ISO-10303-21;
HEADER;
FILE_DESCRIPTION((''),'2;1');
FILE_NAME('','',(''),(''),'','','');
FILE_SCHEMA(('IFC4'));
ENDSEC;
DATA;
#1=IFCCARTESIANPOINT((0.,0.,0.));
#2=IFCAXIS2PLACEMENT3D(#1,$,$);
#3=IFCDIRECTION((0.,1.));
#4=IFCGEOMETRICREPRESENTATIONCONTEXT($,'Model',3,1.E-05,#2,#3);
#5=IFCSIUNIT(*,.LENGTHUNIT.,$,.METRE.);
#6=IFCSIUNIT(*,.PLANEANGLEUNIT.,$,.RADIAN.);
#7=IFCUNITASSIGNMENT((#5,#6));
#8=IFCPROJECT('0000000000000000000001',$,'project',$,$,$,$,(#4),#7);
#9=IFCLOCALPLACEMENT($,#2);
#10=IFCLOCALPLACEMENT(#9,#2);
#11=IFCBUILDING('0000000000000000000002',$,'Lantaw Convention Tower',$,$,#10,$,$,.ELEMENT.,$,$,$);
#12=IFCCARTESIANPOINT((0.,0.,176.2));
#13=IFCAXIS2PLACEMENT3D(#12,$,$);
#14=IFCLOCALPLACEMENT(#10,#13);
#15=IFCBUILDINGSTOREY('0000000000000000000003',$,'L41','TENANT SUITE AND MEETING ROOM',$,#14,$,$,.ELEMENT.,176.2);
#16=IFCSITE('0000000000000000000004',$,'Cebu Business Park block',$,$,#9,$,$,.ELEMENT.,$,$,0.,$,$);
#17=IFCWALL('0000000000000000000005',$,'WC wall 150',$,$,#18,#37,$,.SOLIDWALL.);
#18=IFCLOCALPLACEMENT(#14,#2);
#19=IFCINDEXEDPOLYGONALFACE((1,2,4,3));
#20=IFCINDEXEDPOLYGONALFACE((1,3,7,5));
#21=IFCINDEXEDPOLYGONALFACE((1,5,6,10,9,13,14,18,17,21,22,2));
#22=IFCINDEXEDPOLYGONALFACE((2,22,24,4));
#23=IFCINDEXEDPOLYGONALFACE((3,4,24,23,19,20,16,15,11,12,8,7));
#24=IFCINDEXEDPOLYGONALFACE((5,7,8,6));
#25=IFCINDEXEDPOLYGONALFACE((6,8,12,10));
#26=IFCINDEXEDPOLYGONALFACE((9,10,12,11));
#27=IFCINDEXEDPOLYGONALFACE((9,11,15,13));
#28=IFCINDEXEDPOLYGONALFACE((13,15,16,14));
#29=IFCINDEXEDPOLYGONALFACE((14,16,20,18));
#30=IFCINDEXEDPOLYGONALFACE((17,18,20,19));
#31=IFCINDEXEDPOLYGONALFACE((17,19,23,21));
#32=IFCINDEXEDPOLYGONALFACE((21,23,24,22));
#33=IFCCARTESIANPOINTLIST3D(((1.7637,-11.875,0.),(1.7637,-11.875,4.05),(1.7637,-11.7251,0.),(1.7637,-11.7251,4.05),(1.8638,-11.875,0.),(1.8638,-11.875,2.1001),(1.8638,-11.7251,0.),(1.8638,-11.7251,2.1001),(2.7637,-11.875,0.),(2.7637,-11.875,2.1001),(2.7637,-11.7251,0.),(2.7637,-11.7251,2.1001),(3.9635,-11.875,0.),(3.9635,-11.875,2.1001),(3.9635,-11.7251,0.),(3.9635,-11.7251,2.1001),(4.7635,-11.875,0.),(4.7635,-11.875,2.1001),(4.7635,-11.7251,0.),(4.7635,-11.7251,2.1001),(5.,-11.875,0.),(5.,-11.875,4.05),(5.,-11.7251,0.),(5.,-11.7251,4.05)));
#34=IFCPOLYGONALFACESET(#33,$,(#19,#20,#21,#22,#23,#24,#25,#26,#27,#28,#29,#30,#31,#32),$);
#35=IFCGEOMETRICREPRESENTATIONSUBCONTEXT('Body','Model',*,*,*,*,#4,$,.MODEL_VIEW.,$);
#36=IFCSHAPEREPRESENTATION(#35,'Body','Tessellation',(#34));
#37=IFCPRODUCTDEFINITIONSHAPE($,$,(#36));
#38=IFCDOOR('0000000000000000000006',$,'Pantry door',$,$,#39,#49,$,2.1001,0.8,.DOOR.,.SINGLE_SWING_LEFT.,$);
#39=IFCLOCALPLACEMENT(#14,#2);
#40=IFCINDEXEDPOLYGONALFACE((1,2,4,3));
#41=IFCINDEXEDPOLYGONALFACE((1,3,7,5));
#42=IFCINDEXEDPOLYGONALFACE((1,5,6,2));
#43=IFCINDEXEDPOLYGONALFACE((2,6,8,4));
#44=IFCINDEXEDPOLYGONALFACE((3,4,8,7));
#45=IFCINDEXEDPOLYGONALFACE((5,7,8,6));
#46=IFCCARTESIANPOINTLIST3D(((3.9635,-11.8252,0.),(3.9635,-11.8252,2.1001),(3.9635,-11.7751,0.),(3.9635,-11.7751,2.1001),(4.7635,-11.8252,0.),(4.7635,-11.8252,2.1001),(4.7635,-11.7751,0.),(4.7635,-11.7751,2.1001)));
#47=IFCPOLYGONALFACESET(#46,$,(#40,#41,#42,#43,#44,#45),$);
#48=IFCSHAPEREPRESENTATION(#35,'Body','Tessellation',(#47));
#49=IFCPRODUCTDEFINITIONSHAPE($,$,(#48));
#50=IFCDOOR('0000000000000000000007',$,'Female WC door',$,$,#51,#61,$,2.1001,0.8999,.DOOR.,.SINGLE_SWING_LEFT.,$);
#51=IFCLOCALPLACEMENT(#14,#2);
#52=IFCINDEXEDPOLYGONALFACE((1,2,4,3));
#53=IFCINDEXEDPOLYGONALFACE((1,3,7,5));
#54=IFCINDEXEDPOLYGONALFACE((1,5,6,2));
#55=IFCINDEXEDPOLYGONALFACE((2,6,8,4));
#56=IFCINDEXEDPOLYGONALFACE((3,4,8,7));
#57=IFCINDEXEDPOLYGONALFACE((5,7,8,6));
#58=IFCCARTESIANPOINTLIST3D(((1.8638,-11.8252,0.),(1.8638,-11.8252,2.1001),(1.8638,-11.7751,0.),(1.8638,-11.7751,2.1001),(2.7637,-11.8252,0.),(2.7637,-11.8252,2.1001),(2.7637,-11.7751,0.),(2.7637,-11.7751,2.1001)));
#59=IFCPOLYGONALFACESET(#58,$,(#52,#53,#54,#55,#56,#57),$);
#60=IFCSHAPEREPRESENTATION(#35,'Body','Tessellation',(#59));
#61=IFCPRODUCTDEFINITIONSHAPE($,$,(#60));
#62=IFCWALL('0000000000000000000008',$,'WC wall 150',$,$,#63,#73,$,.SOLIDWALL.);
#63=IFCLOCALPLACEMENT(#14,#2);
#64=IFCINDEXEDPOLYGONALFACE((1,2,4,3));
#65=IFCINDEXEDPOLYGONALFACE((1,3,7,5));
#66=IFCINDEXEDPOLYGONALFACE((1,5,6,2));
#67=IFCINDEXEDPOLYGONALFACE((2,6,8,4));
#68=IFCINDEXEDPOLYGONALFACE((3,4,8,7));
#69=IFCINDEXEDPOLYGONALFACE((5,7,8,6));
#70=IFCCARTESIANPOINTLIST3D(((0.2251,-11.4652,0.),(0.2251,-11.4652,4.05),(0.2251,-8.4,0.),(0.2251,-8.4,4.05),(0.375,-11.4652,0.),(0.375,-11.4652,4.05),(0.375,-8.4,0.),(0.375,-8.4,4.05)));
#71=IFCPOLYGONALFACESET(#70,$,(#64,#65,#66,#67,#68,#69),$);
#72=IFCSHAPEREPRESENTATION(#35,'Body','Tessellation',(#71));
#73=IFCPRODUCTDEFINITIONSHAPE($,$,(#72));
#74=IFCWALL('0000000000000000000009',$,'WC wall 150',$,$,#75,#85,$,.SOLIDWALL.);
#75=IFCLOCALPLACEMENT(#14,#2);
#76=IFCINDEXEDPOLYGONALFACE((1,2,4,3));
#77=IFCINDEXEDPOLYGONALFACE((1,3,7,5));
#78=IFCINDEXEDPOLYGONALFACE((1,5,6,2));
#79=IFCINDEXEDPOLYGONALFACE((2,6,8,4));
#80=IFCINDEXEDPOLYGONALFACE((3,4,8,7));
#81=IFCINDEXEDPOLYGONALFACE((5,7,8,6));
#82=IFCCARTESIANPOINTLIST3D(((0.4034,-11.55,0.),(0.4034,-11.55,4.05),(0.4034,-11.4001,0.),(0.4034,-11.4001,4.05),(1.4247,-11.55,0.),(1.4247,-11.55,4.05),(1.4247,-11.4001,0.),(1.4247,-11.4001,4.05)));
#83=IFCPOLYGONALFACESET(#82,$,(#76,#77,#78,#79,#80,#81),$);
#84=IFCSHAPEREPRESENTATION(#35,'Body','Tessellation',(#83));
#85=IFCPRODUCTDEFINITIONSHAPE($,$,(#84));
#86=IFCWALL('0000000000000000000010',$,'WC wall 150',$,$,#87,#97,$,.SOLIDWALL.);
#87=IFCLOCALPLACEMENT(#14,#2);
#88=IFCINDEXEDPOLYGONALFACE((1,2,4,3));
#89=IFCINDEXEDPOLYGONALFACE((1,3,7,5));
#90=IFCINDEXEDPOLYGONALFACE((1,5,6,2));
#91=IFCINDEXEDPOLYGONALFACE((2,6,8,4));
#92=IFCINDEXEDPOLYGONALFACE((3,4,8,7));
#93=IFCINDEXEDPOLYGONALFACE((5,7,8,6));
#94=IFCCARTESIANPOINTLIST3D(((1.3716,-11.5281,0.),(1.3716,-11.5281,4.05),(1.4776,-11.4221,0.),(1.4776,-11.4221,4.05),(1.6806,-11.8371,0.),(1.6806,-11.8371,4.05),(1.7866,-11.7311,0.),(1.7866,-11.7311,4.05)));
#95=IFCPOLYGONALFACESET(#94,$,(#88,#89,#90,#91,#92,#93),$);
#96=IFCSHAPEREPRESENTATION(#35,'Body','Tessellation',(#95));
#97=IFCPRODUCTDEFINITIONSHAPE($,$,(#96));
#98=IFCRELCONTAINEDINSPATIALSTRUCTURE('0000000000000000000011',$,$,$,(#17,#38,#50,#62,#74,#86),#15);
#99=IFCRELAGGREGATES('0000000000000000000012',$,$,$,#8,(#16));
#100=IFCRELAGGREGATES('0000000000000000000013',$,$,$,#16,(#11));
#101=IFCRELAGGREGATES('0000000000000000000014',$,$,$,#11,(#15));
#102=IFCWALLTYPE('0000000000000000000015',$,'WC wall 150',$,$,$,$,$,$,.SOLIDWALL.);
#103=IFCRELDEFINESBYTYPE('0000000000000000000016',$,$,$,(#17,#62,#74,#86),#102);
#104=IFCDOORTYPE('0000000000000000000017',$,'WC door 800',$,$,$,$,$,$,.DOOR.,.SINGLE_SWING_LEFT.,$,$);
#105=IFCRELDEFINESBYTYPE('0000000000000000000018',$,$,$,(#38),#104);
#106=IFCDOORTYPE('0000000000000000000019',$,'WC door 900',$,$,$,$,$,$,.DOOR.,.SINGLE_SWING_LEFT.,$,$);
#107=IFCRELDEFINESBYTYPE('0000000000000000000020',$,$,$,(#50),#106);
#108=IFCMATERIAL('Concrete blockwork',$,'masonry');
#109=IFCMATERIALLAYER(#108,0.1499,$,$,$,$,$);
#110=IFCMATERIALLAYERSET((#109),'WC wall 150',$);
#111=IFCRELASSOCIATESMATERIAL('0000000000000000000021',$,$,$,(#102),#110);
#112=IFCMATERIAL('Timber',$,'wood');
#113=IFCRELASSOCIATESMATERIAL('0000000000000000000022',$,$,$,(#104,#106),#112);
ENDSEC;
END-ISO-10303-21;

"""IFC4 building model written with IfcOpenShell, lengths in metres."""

from ifc_helpers import new_model, si_unit, direction, frame, frame_2d, origin, place, context, subcontext, project, spatial, rectangle, extrude, material, layer, layer_set, type_object, element, fill, save


model = new_model("IFC4")

# Units and contexts
model_context = context("Model", 3, precision=1e-05, world=origin(), true_north=direction((0.0, 1.0)))
body_context = subcontext(model_context, "Body", "Model", "MODEL_VIEW")
ifc_project = project(units=[si_unit("LENGTHUNIT", "METRE"), si_unit("PLANEANGLEUNIT", "RADIAN")], contexts=[model_context])

# Site, building, storey
site_placement = place(None, origin())
site = spatial("IfcSite", under=ifc_project, at=site_placement, Name="Cebu Business Park block", CompositionType="ELEMENT", RefElevation=0.0)
building_placement = place(site_placement, origin())
building = spatial("IfcBuilding", under=site, at=building_placement, Name="Lantaw Convention Tower", CompositionType="ELEMENT")
storey_placement = place(building_placement, frame((0.0, 0.0, 176.2)))
storey = spatial("IfcBuildingStorey", under=building, at=storey_placement, Name="L41", Description="TENANT SUITE AND MEETING ROOM", CompositionType="ELEMENT", Elevation=176.2)

# Shared definitions
ifc_material_1 = material(Name="Concrete blockwork", Category="masonry")
ifc_layer_1 = layer(ifc_material_1, 0.1499)
ifc_layer_set_1 = layer_set([ifc_layer_1], Name="WC wall 150")
wall_type_1 = type_object("IfcWallType", Name="WC wall 150", PredefinedType="SOLIDWALL", material=ifc_layer_set_1)

# Wall, openings, doors
wall_1_placement = place(storey_placement, frame((1.7637, -11.8, 0.0), z_axis=(0.0, 0.0, 1.0), x_axis=(1.0, 0.0, 0.0)))
wall_1 = element("IfcWall", 1, at=wall_1_placement, inside=storey, type_object=wall_type_1, Name="WC wall 150", PredefinedType="SOLIDWALL", context=body_context, shape_type="SweptSolid", body=[
    extrude(rectangle(XDim=3.2363, YDim=0.1499, at=frame_2d((1.6182, 0.0))), origin(), (0.0, 0.0, 1.0), 4.05),
])
opening_1_placement = place(wall_1_placement, frame((0.1001, 0.0, 0.0)))
opening_1 = element("IfcOpeningElement", 2, at=opening_1_placement, cuts=wall_1, PredefinedType="OPENING", context=body_context, shape_type="SweptSolid", body=[
    extrude(rectangle(XDim=0.8999, YDim=2.1001, at=frame_2d((0.45, 1.05))), frame((0.0, 0.085, 0.0), z_axis=(0.0, -1.0, 0.0), x_axis=(1.0, 0.0, 0.0)), (0.0, 0.0, 1.0), 0.1699),
])
opening_2_placement = place(wall_1_placement, frame((2.2, 0.0, 0.0)))
opening_2 = element("IfcOpeningElement", 3, at=opening_2_placement, cuts=wall_1, PredefinedType="OPENING", context=body_context, shape_type="SweptSolid", body=[
    extrude(rectangle(XDim=0.8, YDim=2.1001, at=frame_2d((0.3999, 1.05))), frame((0.0, 0.085, 0.0), z_axis=(0.0, -1.0, 0.0), x_axis=(1.0, 0.0, 0.0)), (0.0, 0.0, 1.0), 0.1699),
])
ifc_material_2 = material(Name="Timber", Category="wood")
door_type_1 = type_object("IfcDoorType", Name="WC door 800", OperationType="SINGLE_SWING_LEFT", PredefinedType="DOOR", material=ifc_material_2)
door_1_placement = place(opening_2_placement, origin())
door_1 = element("IfcDoor", 4, at=door_1_placement, inside=storey, type_object=door_type_1, Name="Pantry door", OperationType="SINGLE_SWING_LEFT", OverallHeight=2.1001, OverallWidth=0.8, PredefinedType="DOOR", context=body_context, shape_type="SweptSolid", body=[
    extrude(rectangle(XDim=0.8, YDim=2.1001, at=frame_2d((0.3999, 1.05))), frame((0.0, 0.0249, 0.0), z_axis=(0.0, -1.0, 0.0), x_axis=(1.0, 0.0, 0.0)), (0.0, 0.0, 1.0), 0.05),
])
fill(opening_2, door_1)
door_type_2 = type_object("IfcDoorType", Name="WC door 900", OperationType="SINGLE_SWING_LEFT", PredefinedType="DOOR", material=ifc_material_2)
door_2_placement = place(opening_1_placement, origin())
door_2 = element("IfcDoor", 5, at=door_2_placement, inside=storey, type_object=door_type_2, Name="Female WC door", OperationType="SINGLE_SWING_LEFT", OverallHeight=2.1001, OverallWidth=0.8999, PredefinedType="DOOR", context=body_context, shape_type="SweptSolid", body=[
    extrude(rectangle(XDim=0.8999, YDim=2.1001, at=frame_2d((0.45, 1.05))), frame((0.0, 0.0249, 0.0), z_axis=(0.0, -1.0, 0.0), x_axis=(1.0, 0.0, 0.0)), (0.0, 0.0, 1.0), 0.05),
])
fill(opening_1, door_2)

# Walls
wall_2_placement = place(storey_placement, frame((0.3, -8.3999, 0.0), z_axis=(0.0, 0.0, 1.0), x_axis=(0.0, -1.0, 0.0)))
element("IfcWall", 6, at=wall_2_placement, inside=storey, type_object=wall_type_1, Name="WC wall 150", PredefinedType="SOLIDWALL", context=body_context, shape_type="SweptSolid", body=[
    extrude(rectangle(XDim=3.0652, YDim=0.1499, at=frame_2d((1.5327, 0.0))), origin(), (0.0, 0.0, 1.0), 4.05),
])
wall_3_placement = place(storey_placement, frame((0.4033, -11.4751, 0.0), z_axis=(0.0, 0.0, 1.0), x_axis=(1.0, 0.0, 0.0)))
element("IfcWall", 7, at=wall_3_placement, inside=storey, type_object=wall_type_1, Name="WC wall 150", PredefinedType="SOLIDWALL", context=body_context, shape_type="SweptSolid", body=[
    extrude(rectangle(XDim=1.0212, YDim=0.1499, at=frame_2d((0.5107, 0.0))), origin(), (0.0, 0.0, 1.0), 4.05),
])
wall_4_placement = place(storey_placement, frame((1.4246, -11.4751, 0.0), z_axis=(0.0, 0.0, 1.0), x_axis=(0.707107, -0.707107, 0.0)))
element("IfcWall", 8, at=wall_4_placement, inside=storey, type_object=wall_type_1, Name="WC wall 150", PredefinedType="SOLIDWALL", context=body_context, shape_type="SweptSolid", body=[
    extrude(rectangle(XDim=0.437, YDim=0.1499, at=frame_2d((0.2185, 0.0))), origin(), (0.0, 0.0, 1.0), 4.05),
])

save(model, "model.ifc")
